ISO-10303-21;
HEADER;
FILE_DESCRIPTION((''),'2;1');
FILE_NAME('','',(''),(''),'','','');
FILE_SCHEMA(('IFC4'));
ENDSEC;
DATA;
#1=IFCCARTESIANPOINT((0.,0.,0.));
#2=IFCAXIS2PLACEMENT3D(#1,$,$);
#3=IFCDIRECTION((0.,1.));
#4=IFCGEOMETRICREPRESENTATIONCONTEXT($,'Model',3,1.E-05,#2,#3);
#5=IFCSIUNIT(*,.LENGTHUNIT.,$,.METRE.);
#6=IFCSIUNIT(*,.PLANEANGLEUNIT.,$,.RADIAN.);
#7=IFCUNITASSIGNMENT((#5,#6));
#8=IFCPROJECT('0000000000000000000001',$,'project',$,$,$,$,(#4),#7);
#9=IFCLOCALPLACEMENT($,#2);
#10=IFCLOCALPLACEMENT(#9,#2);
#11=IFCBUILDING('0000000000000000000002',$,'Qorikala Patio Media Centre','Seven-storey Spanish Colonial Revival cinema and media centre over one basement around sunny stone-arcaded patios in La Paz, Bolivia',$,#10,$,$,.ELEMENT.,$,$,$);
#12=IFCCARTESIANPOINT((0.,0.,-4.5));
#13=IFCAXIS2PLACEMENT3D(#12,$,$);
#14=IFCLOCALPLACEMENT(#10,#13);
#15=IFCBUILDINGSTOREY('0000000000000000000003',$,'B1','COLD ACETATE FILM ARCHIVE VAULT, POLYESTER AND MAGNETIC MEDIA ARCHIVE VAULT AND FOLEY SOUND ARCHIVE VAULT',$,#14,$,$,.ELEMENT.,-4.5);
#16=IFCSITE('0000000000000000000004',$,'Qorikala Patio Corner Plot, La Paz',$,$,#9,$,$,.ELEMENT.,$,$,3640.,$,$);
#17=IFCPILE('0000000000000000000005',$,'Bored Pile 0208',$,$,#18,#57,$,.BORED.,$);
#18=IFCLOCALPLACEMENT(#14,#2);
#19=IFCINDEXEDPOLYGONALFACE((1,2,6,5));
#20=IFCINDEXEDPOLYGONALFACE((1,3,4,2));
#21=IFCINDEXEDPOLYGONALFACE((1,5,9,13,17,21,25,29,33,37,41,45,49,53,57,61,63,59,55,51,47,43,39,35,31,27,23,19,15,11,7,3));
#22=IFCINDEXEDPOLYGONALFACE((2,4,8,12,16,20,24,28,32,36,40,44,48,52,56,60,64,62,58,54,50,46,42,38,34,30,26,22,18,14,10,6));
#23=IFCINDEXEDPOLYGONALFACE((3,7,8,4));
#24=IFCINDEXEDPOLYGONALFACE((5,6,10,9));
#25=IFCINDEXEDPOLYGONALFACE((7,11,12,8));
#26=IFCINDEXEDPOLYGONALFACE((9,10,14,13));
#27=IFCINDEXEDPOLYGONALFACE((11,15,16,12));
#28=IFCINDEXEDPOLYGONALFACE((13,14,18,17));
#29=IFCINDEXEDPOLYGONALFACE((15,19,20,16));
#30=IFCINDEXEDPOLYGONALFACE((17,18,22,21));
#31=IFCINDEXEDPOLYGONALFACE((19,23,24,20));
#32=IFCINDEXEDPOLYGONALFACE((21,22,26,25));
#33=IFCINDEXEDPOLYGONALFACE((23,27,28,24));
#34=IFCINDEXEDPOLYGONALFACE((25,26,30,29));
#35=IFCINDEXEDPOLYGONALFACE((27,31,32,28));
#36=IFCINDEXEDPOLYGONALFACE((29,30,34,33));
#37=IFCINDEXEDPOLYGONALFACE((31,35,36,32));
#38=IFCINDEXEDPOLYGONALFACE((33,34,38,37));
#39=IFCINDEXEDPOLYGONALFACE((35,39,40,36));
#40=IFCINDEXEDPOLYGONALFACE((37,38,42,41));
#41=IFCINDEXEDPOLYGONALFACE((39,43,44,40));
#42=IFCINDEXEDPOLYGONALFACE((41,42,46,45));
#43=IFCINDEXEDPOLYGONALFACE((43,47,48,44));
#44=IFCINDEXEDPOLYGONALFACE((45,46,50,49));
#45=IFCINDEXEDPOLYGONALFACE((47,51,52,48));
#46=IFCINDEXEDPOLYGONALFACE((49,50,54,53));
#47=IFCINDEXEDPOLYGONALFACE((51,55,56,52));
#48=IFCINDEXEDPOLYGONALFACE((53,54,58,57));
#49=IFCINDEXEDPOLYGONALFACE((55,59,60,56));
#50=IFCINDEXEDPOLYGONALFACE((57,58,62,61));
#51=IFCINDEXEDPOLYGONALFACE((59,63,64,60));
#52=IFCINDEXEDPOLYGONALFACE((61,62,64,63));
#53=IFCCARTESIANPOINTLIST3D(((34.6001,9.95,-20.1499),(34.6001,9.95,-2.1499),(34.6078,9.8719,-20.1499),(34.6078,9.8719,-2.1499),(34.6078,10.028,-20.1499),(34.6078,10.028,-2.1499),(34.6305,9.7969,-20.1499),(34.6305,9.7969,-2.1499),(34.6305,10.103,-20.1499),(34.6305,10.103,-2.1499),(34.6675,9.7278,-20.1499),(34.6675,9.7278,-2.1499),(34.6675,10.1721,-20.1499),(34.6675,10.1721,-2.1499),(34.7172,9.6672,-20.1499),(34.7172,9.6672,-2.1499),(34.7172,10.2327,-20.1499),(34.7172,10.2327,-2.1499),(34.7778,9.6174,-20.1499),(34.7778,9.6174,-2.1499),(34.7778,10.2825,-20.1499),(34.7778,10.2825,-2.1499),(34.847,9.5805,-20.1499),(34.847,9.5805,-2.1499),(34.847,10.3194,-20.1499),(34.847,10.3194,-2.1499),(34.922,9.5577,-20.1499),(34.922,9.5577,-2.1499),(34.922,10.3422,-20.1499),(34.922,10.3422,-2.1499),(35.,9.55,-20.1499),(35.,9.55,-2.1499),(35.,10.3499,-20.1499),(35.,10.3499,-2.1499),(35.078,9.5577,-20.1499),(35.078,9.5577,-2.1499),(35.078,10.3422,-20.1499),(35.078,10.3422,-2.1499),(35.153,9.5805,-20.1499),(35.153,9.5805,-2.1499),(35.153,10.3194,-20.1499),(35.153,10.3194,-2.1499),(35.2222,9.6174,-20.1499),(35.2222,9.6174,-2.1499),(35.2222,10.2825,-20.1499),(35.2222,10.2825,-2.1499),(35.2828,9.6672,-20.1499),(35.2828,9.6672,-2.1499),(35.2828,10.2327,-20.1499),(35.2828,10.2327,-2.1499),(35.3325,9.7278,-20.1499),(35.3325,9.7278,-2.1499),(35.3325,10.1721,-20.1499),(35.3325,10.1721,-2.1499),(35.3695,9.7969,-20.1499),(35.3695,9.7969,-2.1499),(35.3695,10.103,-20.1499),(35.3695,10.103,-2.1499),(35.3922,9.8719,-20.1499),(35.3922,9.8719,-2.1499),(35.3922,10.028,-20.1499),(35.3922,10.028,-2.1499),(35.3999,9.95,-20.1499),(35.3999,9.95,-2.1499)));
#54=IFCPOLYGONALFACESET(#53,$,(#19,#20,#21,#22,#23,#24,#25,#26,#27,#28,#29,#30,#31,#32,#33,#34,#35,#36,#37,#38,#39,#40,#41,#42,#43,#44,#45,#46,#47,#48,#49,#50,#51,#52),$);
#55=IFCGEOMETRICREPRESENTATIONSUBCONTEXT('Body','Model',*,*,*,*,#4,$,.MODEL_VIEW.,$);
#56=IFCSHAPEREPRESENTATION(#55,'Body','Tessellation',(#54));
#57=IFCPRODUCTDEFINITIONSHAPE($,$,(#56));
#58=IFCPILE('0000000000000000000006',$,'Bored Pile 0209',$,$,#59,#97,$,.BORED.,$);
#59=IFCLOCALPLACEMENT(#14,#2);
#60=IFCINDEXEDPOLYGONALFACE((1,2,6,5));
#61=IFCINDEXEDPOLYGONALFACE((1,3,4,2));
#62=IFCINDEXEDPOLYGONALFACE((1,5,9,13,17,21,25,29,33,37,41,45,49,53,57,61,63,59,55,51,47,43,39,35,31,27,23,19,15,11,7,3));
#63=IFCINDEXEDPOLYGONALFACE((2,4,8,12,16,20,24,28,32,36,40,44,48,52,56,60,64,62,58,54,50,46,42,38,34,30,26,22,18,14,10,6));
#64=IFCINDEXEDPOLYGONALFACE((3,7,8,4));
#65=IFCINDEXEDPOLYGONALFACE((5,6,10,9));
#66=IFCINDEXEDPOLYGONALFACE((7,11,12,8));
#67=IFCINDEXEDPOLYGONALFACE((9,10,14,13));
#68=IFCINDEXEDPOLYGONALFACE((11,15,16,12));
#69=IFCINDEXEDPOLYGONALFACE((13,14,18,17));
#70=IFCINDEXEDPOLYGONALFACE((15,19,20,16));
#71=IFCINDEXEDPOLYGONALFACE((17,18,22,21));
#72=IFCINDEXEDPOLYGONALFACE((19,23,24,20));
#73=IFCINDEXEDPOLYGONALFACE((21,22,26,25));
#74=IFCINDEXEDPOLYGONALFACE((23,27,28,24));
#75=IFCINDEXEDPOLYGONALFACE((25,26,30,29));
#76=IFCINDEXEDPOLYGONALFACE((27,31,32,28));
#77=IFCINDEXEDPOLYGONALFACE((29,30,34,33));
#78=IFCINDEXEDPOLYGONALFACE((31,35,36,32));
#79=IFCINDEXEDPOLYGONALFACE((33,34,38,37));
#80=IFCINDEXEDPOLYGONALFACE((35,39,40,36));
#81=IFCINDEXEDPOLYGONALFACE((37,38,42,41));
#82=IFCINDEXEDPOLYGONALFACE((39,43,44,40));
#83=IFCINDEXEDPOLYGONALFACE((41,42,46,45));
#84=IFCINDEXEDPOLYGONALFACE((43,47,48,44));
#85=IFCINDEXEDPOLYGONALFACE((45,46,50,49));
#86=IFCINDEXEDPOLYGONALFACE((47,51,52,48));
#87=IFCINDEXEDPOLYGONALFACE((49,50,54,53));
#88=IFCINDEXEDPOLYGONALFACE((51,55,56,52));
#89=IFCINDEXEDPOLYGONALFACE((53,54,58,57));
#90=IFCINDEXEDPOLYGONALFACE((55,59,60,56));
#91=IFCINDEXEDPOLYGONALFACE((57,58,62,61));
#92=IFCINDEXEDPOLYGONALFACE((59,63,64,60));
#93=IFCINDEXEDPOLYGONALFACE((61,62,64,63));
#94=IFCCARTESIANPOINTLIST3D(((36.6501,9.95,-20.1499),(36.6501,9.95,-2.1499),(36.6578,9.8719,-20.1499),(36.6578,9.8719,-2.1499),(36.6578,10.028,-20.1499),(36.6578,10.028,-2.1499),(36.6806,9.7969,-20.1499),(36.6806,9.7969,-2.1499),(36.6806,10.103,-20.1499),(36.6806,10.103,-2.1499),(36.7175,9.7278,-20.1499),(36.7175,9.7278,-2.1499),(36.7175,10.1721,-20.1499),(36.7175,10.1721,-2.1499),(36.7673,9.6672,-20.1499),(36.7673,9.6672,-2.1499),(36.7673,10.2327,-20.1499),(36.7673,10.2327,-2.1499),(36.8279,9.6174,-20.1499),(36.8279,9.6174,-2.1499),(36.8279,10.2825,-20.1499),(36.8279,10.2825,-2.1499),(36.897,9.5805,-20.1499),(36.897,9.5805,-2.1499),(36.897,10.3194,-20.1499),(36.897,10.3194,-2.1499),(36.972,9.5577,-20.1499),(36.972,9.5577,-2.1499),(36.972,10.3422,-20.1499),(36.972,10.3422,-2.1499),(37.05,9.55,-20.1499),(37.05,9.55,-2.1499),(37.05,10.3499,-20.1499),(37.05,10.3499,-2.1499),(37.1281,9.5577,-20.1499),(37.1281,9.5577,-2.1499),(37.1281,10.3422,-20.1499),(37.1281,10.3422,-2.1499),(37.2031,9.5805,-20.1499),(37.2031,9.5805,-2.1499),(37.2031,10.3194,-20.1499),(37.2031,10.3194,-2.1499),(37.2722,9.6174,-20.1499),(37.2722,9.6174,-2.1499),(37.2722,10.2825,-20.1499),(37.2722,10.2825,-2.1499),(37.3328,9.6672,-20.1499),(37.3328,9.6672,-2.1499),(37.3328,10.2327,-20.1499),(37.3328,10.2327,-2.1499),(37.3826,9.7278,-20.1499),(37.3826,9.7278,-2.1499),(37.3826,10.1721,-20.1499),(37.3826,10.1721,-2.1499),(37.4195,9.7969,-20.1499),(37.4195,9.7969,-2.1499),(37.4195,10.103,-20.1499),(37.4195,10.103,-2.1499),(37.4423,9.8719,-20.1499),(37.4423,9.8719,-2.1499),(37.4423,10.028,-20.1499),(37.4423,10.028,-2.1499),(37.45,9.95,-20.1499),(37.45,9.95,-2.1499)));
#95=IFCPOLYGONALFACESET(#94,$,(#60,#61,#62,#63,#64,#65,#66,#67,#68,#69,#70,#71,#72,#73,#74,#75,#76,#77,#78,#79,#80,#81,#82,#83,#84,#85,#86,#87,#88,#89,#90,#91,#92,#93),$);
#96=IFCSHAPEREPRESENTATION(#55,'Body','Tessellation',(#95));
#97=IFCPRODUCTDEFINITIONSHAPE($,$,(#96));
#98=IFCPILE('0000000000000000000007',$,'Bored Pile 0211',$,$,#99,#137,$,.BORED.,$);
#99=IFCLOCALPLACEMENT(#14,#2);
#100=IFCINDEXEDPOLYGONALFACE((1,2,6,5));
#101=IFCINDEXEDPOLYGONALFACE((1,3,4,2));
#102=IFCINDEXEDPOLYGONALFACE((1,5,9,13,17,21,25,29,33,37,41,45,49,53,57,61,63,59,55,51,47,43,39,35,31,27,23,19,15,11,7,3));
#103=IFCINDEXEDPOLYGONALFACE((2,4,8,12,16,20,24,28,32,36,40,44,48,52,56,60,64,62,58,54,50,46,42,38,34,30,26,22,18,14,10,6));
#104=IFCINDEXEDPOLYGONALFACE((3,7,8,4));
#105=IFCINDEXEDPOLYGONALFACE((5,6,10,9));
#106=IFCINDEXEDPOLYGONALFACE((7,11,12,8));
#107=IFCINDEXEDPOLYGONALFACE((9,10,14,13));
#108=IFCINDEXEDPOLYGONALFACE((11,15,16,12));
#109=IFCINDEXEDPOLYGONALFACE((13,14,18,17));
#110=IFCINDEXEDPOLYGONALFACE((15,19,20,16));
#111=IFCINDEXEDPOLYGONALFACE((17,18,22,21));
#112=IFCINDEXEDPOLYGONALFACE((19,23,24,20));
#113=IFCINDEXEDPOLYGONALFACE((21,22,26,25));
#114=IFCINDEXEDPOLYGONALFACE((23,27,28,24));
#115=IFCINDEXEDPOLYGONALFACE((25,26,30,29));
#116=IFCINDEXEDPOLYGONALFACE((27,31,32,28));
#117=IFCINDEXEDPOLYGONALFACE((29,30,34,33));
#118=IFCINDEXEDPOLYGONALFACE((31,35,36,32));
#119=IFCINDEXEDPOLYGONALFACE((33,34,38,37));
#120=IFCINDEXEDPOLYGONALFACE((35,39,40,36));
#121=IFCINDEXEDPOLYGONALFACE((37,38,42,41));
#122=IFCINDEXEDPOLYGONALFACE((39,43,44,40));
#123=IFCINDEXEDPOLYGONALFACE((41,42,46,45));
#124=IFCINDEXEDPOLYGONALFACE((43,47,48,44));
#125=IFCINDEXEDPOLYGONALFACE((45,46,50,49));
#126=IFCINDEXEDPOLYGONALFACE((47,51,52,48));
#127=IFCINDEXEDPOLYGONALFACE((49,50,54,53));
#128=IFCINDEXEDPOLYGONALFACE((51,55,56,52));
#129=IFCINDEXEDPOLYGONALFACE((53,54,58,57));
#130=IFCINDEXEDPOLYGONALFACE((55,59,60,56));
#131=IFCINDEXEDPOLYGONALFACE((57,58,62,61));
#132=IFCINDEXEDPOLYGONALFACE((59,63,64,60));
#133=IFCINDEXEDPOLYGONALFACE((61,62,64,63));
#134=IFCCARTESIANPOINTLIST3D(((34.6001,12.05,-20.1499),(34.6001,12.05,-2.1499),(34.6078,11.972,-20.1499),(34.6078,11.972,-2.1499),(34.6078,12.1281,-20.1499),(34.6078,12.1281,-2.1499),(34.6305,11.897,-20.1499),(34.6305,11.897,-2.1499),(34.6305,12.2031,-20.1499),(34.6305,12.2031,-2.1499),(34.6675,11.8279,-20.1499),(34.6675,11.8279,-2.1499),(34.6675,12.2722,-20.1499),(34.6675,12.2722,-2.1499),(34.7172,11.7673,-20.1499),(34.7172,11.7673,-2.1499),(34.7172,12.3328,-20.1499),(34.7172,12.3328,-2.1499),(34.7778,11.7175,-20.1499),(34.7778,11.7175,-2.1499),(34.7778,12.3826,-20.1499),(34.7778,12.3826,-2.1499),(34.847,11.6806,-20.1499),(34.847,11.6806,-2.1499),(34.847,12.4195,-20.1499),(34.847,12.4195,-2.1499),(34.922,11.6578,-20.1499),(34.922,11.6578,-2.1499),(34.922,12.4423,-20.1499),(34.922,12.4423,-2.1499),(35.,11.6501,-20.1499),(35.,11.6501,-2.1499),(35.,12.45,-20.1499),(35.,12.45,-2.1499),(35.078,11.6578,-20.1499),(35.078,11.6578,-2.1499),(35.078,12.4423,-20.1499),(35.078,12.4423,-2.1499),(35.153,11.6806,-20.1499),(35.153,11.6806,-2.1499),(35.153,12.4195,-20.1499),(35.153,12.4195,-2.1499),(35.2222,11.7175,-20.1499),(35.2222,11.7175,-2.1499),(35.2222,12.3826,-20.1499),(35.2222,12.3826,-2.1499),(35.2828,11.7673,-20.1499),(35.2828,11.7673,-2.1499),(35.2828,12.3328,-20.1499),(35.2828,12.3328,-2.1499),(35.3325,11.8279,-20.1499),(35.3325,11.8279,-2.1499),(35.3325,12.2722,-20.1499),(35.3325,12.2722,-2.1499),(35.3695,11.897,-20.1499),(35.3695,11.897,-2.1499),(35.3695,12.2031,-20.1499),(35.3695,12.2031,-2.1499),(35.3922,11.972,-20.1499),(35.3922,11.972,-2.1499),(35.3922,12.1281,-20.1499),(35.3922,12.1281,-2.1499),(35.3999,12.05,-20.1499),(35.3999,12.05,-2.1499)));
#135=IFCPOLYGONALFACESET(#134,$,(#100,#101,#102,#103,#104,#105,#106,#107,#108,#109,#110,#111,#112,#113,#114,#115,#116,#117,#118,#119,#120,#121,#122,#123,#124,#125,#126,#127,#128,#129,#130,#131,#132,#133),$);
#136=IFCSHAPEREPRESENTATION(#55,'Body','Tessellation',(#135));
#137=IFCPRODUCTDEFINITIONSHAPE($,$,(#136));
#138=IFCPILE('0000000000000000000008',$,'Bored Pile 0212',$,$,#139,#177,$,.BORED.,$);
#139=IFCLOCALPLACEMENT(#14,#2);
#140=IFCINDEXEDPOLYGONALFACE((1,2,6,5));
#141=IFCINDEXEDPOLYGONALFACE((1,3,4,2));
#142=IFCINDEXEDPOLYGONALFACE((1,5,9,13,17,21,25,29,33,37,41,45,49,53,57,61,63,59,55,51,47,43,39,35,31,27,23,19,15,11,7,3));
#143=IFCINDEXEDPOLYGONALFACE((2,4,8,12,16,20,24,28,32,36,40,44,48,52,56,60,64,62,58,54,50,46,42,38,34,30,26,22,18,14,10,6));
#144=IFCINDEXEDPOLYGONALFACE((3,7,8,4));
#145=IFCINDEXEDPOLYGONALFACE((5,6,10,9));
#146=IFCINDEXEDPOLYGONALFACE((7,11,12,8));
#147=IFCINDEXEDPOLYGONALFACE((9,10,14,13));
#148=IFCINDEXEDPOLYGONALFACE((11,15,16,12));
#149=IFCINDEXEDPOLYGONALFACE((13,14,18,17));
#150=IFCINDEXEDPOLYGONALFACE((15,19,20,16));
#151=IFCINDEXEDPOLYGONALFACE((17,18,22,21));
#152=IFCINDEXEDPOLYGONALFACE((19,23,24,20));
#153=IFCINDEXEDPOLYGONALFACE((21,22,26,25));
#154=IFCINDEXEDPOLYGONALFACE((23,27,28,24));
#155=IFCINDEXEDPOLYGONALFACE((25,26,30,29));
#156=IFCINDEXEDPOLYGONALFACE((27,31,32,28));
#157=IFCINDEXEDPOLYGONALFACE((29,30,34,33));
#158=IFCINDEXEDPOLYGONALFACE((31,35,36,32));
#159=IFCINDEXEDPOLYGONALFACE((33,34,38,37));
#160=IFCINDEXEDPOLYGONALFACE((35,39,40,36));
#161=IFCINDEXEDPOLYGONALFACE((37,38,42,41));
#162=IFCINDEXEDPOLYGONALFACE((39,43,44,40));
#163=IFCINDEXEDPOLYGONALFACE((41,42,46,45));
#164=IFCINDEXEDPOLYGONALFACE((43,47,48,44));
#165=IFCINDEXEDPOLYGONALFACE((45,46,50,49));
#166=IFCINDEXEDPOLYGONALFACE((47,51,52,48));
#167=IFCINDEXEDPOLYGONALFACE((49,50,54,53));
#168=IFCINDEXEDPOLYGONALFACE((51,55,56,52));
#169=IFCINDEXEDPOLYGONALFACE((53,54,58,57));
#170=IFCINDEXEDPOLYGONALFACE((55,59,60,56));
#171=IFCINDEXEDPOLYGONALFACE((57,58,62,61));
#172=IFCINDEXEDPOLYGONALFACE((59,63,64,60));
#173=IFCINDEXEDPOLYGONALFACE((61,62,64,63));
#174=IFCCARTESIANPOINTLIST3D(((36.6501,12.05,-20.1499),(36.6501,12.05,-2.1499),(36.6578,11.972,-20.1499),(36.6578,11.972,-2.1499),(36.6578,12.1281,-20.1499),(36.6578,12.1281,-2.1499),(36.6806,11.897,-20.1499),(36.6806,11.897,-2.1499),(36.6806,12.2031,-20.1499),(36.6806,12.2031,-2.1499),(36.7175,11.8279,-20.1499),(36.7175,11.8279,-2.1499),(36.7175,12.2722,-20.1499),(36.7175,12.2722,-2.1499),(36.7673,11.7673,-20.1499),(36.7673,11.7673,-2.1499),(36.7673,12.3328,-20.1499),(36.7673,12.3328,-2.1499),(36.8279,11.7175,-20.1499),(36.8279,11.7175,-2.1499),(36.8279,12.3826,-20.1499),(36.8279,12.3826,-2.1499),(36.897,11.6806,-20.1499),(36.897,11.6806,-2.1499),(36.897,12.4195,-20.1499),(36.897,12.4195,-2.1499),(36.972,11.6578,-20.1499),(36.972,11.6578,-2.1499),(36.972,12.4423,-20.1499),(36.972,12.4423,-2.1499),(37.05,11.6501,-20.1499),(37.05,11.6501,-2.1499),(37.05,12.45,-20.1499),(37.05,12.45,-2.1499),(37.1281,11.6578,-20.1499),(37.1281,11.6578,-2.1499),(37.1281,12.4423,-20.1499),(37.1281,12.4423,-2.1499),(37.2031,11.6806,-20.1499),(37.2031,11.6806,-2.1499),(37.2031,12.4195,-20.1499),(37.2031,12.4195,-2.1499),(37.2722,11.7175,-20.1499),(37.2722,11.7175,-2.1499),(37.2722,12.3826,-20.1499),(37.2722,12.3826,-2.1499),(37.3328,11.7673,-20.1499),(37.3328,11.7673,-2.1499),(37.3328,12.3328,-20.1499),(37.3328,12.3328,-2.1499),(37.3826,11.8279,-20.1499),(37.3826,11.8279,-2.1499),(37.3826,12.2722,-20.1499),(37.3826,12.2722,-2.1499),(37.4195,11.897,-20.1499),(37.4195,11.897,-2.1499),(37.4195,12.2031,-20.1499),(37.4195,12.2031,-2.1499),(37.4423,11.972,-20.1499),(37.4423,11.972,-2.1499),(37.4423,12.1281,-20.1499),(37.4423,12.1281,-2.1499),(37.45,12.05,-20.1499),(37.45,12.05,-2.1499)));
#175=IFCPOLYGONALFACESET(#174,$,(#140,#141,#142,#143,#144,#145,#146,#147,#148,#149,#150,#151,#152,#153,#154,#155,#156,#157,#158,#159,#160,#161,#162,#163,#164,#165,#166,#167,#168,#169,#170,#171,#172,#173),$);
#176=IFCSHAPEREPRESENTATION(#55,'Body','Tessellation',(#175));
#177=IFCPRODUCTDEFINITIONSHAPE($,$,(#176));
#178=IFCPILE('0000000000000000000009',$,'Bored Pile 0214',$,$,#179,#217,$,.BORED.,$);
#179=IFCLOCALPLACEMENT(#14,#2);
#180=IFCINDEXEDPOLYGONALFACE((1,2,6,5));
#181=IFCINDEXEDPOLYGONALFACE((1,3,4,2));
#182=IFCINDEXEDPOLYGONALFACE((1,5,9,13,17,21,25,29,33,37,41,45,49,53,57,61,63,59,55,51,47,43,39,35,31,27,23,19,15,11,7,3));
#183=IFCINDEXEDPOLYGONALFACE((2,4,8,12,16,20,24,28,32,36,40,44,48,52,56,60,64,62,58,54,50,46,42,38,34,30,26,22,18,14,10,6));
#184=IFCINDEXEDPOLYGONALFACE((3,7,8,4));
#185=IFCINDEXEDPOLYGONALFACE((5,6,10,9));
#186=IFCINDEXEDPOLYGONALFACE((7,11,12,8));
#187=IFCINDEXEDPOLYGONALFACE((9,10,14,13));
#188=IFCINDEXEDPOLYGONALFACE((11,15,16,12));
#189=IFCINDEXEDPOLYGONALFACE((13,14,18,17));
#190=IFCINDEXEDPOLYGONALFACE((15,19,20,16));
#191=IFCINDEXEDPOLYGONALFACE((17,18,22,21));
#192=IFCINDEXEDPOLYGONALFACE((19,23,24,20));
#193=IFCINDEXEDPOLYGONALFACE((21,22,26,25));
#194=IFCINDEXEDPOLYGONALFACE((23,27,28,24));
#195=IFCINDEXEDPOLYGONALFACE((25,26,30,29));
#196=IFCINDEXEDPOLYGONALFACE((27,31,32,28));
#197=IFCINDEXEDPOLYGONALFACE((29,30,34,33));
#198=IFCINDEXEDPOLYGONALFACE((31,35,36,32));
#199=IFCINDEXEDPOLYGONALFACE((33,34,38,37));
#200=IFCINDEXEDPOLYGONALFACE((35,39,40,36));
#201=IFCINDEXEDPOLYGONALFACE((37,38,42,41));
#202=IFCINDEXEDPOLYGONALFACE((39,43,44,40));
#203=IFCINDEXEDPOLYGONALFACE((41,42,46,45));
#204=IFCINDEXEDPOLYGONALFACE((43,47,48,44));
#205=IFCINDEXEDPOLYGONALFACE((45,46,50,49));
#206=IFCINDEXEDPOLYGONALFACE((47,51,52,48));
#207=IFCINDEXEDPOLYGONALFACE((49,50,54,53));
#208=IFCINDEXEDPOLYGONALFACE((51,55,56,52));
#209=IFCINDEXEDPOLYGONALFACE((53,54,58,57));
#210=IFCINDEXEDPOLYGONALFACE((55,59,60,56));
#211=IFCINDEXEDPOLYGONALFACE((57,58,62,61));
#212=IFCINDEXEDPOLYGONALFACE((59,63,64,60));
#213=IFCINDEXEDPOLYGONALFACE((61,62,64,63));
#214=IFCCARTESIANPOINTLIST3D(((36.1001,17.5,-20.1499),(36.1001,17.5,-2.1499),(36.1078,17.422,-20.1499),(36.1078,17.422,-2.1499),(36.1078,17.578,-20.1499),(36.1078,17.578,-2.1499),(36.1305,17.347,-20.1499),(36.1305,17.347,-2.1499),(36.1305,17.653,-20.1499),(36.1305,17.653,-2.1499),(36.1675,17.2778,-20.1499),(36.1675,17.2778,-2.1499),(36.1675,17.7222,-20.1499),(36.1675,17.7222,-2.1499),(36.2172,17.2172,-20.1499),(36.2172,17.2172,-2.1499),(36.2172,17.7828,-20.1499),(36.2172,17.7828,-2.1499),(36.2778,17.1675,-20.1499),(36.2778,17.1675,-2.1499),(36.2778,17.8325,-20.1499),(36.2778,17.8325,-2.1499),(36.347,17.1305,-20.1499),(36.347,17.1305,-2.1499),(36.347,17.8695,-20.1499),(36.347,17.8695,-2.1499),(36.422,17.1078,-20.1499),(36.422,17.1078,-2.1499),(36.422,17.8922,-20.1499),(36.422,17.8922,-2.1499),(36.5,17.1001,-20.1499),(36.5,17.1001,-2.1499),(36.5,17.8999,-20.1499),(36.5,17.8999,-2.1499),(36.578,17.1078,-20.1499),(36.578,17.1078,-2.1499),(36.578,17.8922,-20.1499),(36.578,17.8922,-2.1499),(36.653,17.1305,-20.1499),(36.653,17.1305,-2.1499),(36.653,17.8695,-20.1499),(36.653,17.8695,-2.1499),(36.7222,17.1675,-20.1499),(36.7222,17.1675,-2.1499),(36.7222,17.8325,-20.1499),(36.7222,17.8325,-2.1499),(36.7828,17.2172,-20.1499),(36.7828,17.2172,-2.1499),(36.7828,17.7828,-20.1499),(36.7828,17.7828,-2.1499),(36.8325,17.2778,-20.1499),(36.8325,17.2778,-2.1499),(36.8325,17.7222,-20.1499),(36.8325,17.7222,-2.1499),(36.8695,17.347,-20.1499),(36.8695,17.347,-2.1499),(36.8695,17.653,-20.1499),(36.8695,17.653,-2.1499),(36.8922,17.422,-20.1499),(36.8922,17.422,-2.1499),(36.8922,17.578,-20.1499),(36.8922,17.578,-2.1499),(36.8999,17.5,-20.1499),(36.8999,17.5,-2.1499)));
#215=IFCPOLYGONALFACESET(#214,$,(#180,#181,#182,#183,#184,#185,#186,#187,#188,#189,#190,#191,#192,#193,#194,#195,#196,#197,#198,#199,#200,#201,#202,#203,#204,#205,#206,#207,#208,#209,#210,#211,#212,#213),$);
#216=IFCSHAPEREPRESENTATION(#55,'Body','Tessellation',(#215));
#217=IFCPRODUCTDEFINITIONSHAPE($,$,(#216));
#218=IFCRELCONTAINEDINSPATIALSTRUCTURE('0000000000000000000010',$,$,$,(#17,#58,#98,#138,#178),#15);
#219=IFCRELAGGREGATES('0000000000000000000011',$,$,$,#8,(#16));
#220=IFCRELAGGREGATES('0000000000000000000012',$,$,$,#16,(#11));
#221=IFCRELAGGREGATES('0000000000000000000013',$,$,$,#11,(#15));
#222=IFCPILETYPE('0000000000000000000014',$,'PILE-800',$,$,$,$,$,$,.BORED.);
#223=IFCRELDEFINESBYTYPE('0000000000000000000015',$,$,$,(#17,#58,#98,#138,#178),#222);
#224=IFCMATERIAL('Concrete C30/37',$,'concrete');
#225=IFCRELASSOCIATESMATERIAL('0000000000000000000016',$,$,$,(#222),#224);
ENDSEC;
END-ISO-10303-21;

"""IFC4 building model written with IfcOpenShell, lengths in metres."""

from ifc_helpers import new_model, si_unit, direction, frame, origin, origin_2d, place, context, subcontext, project, spatial, circle, extrude, material, material_profile, profile_set, type_object, element, save


model = new_model("IFC4")

# Units and contexts
model_context = context("Model", 3, precision=1e-05, world=origin(), true_north=direction((0.0, 1.0)))
body_context = subcontext(model_context, "Body", "Model", "MODEL_VIEW")
ifc_project = project(units=[si_unit("LENGTHUNIT", "METRE"), si_unit("PLANEANGLEUNIT", "RADIAN")], contexts=[model_context])

# Site, building, storey
site_placement = place(None, origin())
site = spatial("IfcSite", under=ifc_project, at=site_placement, Name="Qorikala Patio Corner Plot, La Paz", CompositionType="ELEMENT", RefElevation=3640.0)
building_placement = place(site_placement, origin())
building = spatial("IfcBuilding", under=site, at=building_placement, Name="Qorikala Patio Media Centre", Description="Seven-storey Spanish Colonial Revival cinema and media centre over one basement around sunny stone-arcaded patios in La Paz, Bolivia", CompositionType="ELEMENT")
storey_placement = place(building_placement, frame((0.0, 0.0, -4.5)))
storey = spatial("IfcBuildingStorey", under=building, at=storey_placement, Name="B1", Description="COLD ACETATE FILM ARCHIVE VAULT, POLYESTER AND MAGNETIC MEDIA ARCHIVE VAULT AND FOLEY SOUND ARCHIVE VAULT", CompositionType="ELEMENT", Elevation=-4.5)

# Shared definitions
ifc_material_1 = material(Name="Concrete C30/37", Category="concrete")

# Piles
ifc_material_profile_1 = material_profile(ifc_material_1, circle(Radius=0.3999, at=origin_2d()), Name="BORED PILE 800")
ifc_profile_set_1 = profile_set([ifc_material_profile_1], Name="Concrete C30/37")
pile_type_1 = type_object("IfcPileType", Name="PILE-800", PredefinedType="BORED", material=ifc_profile_set_1)
for number, where, z_axis, x_axis, name in (
    (1, (35.0, 9.95, -2.1499), (0.0, 0.0, -1.0), (1.0, 0.0, 0.0), "Bored Pile 0208"),
    (2, (37.05, 9.95, -2.1499), (0.0, 0.0, -1.0), (1.0, 0.0, 0.0), "Bored Pile 0209"),
    (3, (35.0, 12.05, -2.1499), (0.0, 0.0, -1.0), (1.0, 0.0, 0.0), "Bored Pile 0211"),
    (4, (37.05, 12.05, -2.1499), (0.0, 0.0, -1.0), (1.0, 0.0, 0.0), "Bored Pile 0212"),
    (5, (36.5, 17.5, -2.1499), (0.0, 0.0, -1.0), (1.0, 0.0, 0.0), "Bored Pile 0214"),
):
    element("IfcPile", number, at=place(storey_placement, frame(where, z_axis=z_axis, x_axis=x_axis)), inside=storey, type_object=pile_type_1, Name=name, PredefinedType="BORED", context=body_context, shape_type="SweptSolid", body=[
        extrude(circle(Radius=0.3999, at=origin_2d()), origin(), (0.0, 0.0, 1.0), 18.0),
    ])

save(model, "model.ifc")
